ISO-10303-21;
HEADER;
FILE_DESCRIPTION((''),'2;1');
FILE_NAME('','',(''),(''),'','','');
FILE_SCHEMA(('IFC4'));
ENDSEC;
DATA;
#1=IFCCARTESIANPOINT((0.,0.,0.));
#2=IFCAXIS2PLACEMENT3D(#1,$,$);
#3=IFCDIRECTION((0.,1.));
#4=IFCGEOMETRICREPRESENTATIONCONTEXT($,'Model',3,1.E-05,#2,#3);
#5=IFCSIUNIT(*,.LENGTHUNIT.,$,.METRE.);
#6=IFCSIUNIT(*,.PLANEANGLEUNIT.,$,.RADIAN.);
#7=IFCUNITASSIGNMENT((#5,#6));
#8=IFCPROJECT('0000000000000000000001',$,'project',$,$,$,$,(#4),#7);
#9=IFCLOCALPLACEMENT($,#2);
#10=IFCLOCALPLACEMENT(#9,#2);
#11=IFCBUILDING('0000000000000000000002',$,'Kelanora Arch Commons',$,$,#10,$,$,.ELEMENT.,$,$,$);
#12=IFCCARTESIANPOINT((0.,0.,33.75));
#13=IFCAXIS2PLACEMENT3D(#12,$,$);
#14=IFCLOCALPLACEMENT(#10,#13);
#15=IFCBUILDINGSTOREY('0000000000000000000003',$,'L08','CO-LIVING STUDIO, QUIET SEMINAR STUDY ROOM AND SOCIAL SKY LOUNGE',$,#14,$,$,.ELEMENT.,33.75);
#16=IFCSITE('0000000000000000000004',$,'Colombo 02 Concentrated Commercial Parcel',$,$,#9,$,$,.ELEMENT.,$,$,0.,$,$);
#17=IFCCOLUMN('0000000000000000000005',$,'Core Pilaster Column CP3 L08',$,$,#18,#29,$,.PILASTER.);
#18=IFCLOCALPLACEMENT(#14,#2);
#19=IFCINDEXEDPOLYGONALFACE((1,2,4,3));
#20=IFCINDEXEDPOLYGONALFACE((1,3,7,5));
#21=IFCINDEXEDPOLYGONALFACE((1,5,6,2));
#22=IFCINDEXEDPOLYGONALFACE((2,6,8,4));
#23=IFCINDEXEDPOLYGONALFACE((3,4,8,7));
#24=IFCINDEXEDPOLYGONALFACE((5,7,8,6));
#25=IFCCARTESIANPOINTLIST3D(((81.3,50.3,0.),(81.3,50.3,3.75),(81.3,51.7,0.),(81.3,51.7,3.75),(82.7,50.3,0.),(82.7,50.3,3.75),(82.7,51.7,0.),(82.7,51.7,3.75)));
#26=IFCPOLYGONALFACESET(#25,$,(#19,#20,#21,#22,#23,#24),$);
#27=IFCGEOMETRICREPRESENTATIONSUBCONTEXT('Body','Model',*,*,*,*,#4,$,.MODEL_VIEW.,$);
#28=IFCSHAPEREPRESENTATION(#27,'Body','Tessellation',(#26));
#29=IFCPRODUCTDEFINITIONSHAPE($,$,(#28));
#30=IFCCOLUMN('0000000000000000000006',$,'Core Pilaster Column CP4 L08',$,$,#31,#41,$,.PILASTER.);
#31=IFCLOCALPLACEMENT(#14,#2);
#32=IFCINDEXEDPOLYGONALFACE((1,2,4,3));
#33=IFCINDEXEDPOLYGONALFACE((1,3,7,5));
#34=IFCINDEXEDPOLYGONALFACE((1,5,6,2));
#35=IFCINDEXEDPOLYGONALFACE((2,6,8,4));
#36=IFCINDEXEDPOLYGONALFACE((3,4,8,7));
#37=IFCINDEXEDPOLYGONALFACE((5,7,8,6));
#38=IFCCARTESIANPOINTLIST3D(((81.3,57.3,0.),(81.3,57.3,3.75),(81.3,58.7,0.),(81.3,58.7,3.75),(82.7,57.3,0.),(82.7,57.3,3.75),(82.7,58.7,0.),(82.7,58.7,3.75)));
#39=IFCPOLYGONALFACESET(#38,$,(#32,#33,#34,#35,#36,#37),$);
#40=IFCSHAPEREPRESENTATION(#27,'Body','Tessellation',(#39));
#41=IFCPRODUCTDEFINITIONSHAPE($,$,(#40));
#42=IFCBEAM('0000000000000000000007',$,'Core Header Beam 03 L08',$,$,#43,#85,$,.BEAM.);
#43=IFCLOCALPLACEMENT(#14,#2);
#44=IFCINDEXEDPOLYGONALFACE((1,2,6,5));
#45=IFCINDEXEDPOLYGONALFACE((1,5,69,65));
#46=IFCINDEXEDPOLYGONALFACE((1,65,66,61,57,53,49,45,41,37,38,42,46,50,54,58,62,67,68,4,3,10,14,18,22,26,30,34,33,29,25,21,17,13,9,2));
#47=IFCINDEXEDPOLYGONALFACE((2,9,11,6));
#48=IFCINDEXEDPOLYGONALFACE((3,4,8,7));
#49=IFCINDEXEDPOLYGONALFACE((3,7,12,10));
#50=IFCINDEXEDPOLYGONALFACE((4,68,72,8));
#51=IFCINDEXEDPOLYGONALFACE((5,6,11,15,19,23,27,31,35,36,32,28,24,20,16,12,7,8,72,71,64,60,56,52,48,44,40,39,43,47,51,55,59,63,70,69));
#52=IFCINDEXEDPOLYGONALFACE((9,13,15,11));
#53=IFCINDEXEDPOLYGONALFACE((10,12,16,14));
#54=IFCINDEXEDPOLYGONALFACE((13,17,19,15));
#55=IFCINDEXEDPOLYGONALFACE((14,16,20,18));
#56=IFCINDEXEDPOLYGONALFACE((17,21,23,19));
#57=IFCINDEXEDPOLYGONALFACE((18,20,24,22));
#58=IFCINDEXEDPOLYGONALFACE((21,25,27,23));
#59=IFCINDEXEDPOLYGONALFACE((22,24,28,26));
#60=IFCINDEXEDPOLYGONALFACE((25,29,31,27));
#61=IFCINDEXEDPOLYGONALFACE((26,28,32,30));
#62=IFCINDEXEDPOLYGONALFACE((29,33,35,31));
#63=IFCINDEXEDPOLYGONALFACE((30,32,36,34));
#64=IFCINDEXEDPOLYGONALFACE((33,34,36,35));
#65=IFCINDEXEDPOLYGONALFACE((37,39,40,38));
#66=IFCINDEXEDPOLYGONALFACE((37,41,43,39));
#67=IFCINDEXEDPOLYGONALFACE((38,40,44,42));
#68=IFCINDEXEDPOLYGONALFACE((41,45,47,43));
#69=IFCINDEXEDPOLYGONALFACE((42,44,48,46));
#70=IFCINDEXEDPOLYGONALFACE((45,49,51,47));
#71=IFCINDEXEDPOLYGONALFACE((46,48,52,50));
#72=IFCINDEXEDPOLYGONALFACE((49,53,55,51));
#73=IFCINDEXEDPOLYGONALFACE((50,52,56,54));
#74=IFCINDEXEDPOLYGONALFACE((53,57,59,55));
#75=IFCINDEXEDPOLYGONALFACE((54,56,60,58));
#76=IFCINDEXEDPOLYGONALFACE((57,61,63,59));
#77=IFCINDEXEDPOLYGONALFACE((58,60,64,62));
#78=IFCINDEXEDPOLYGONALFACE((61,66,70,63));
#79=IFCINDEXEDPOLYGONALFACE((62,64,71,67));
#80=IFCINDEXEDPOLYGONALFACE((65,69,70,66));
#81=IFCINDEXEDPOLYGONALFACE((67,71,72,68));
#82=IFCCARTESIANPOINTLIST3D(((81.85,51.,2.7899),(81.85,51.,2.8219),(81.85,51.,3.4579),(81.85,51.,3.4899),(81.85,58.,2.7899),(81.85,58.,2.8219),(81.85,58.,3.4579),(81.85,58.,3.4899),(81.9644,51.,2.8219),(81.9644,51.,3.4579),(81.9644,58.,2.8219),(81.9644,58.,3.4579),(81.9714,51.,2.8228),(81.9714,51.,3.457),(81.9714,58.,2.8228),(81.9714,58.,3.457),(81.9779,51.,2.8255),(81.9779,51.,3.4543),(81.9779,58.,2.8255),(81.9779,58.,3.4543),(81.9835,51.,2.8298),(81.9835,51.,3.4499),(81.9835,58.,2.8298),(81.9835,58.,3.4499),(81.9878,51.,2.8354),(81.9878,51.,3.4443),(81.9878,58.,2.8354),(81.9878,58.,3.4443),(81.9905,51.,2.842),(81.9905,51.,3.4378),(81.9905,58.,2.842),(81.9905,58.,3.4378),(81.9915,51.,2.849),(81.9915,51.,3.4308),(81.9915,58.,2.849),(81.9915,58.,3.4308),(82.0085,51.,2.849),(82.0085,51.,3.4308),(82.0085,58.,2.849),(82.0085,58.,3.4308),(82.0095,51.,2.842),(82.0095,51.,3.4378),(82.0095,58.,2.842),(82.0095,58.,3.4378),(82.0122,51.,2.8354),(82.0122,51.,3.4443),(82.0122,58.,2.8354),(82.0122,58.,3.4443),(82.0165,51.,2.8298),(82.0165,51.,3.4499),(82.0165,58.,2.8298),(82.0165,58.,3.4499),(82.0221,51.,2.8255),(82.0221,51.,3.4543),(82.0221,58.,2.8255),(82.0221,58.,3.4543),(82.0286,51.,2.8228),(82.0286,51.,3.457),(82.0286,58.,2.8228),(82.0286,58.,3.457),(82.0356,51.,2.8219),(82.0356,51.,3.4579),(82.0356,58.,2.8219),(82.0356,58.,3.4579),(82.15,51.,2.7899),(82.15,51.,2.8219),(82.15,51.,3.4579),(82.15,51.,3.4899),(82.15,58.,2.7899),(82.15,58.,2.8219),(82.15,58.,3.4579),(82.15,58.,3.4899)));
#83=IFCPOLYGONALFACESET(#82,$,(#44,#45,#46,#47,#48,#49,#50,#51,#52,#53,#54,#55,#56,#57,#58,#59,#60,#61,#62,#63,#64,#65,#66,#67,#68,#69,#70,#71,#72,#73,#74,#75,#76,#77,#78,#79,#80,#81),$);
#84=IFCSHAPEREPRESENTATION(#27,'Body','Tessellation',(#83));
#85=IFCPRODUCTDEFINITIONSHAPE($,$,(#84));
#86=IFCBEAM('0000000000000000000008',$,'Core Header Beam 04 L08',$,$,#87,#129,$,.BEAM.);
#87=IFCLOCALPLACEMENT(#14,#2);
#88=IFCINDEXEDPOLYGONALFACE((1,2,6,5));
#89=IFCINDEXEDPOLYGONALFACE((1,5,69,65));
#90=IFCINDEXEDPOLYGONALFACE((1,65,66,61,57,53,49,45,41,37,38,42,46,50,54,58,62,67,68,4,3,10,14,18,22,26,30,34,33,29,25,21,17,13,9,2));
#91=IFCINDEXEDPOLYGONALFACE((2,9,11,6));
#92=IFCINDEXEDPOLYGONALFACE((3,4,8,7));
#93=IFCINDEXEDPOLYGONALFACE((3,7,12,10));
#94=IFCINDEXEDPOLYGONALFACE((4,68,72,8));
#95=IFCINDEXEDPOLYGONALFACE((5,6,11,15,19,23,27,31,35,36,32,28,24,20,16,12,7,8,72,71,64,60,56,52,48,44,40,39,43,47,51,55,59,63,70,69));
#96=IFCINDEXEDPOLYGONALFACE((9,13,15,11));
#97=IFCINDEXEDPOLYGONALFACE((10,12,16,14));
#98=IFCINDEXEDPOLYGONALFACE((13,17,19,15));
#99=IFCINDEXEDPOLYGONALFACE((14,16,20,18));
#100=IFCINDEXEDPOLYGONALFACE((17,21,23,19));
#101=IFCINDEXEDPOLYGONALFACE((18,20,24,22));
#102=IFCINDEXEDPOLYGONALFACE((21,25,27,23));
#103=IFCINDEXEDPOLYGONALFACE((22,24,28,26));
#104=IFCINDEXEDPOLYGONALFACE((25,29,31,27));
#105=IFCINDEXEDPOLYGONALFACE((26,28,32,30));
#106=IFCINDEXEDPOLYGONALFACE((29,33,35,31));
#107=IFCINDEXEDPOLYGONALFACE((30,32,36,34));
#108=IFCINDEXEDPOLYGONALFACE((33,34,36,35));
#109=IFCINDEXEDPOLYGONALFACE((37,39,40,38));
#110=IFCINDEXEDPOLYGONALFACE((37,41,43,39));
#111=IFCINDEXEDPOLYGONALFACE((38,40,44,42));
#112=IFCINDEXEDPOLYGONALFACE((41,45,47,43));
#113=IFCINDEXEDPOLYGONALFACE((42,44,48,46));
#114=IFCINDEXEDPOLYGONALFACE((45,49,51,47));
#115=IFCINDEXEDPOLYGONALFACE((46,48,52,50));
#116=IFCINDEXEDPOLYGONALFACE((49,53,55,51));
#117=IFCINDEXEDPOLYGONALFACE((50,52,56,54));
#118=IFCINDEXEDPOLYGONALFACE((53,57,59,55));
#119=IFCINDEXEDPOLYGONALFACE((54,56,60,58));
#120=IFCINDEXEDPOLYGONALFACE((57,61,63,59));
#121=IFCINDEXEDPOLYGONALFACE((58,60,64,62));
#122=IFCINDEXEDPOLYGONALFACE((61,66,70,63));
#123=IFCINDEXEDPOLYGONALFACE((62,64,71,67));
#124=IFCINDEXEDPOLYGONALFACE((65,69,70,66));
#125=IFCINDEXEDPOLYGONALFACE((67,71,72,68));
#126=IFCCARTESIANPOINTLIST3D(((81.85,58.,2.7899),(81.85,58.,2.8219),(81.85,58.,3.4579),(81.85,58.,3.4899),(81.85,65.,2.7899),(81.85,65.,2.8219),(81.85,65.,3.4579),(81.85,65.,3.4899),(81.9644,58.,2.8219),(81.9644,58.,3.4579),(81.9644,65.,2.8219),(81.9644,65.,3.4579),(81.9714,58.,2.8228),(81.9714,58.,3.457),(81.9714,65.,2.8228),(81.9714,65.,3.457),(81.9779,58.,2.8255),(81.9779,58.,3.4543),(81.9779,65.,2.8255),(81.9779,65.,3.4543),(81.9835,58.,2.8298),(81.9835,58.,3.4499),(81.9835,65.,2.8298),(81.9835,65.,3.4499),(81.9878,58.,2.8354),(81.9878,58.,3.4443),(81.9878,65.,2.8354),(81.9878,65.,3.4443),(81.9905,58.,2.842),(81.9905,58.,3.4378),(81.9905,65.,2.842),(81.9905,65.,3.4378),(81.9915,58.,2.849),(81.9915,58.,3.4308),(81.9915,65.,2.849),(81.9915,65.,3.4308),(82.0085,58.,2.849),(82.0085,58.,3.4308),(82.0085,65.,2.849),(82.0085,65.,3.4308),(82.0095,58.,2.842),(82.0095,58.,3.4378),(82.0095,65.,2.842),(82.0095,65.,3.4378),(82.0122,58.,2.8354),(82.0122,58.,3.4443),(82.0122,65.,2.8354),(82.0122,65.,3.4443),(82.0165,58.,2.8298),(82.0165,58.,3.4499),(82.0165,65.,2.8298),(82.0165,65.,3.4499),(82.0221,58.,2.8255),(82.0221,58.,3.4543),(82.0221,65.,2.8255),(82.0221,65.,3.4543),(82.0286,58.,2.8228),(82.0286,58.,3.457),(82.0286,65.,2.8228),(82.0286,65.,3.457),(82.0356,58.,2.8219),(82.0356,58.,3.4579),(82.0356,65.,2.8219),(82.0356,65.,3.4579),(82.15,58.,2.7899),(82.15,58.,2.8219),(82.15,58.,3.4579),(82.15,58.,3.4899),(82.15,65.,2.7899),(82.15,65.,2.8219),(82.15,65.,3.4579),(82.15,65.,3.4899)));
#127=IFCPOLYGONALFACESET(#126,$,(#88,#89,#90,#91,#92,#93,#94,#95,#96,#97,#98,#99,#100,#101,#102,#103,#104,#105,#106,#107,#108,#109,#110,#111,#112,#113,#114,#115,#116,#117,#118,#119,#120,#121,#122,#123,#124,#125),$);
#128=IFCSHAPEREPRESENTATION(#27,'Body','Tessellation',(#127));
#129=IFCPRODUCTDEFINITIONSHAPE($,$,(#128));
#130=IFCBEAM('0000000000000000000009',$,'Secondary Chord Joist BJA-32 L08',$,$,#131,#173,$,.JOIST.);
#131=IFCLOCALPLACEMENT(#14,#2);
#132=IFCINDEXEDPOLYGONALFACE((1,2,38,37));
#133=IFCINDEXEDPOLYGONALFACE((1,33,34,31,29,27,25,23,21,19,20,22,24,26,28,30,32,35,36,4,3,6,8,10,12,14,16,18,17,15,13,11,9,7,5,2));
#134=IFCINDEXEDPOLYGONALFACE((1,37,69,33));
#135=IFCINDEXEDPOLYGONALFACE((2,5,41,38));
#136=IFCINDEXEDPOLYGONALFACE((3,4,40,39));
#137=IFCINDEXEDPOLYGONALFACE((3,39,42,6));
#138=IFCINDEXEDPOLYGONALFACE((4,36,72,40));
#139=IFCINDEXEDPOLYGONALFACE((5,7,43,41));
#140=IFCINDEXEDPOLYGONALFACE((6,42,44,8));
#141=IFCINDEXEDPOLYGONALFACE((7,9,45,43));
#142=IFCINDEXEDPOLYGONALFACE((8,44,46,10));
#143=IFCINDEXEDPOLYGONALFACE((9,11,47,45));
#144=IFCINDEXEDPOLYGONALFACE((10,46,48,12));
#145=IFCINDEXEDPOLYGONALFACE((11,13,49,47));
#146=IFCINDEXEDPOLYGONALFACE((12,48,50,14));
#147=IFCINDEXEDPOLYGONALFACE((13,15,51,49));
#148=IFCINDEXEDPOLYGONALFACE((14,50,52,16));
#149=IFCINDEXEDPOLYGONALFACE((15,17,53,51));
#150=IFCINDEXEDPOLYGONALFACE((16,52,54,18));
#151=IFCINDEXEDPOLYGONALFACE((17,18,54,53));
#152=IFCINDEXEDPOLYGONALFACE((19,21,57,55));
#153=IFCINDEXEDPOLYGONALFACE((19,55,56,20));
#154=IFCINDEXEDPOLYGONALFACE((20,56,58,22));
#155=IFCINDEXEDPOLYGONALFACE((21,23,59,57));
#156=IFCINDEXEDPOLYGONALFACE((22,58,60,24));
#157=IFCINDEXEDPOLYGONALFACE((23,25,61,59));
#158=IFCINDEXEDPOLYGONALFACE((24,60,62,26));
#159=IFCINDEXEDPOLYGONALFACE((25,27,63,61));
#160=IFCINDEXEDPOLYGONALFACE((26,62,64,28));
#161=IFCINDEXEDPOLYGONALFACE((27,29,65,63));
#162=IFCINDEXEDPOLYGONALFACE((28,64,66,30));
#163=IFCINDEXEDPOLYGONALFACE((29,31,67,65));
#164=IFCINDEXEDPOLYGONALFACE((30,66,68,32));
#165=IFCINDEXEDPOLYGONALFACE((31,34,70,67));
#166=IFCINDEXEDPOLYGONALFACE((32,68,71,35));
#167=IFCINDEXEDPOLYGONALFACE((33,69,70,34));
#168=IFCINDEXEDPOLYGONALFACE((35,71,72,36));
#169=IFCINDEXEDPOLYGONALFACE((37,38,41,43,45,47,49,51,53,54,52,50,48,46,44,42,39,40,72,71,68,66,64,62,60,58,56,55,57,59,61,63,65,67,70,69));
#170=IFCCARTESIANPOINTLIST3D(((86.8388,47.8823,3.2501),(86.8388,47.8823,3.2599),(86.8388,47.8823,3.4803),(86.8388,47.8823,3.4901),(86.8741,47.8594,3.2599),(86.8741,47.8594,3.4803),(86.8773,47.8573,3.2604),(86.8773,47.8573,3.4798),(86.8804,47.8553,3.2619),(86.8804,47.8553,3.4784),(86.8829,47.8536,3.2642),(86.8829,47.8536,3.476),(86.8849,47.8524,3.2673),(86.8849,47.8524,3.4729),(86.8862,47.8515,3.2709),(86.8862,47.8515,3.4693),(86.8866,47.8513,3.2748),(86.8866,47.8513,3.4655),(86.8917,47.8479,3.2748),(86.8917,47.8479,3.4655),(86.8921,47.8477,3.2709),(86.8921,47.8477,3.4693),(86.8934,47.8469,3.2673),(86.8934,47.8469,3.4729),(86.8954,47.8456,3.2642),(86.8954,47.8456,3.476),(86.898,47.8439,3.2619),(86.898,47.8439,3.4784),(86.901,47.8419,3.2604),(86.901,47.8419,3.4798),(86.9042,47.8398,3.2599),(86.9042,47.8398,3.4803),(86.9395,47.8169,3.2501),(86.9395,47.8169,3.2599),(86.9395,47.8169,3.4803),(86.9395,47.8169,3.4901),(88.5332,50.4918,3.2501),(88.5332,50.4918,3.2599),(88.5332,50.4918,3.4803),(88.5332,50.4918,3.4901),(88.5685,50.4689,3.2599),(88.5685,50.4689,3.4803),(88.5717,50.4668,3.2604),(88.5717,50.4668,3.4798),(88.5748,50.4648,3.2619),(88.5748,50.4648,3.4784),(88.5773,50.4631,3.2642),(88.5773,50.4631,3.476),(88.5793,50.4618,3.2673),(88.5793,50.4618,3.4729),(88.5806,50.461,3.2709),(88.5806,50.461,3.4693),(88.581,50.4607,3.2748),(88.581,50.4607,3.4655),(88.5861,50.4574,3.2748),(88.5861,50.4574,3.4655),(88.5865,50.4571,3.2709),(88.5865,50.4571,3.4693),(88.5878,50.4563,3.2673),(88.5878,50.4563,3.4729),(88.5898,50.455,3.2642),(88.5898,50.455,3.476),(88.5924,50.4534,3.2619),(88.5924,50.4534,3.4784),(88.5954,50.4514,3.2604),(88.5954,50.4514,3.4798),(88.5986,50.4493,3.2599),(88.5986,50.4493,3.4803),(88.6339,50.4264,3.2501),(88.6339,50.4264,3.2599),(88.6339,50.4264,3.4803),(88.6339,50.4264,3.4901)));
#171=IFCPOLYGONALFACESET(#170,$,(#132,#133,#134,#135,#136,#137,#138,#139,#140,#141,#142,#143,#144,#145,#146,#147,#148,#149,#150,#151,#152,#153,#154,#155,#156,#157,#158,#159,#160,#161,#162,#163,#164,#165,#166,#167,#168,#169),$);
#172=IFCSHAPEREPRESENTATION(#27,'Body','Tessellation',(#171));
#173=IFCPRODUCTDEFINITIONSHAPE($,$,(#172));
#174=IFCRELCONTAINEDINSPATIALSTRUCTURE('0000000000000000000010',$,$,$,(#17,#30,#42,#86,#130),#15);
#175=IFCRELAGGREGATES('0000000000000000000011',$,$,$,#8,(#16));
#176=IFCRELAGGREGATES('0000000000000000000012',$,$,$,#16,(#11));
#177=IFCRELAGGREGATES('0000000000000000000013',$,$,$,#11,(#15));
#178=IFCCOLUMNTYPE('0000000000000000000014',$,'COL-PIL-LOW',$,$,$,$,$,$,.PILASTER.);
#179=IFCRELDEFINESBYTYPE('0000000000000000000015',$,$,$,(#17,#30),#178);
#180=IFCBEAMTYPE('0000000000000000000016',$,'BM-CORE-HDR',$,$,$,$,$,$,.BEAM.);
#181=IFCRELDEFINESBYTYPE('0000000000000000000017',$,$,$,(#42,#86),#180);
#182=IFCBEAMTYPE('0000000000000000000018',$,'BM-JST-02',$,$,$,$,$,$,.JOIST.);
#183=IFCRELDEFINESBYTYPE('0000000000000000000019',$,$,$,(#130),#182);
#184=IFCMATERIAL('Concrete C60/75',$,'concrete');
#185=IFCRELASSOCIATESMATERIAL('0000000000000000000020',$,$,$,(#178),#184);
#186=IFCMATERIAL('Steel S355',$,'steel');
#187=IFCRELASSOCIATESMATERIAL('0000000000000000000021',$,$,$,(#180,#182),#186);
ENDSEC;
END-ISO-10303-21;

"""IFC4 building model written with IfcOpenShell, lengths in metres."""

from ifc_helpers import new_model, si_unit, direction, frame, origin, origin_2d, place, context, subcontext, project, spatial, rectangle, i_section, extrude, material, material_profile, profile_set, type_object, element, save


model = new_model("IFC4")

# Units and contexts
model_context = context("Model", 3, precision=1e-05, world=origin(), true_north=direction((0.0, 1.0)))
body_context = subcontext(model_context, "Body", "Model", "MODEL_VIEW")
ifc_project = project(units=[si_unit("LENGTHUNIT", "METRE"), si_unit("PLANEANGLEUNIT", "RADIAN")], contexts=[model_context])

# Site, building, storey
site_placement = place(None, origin())
site = spatial("IfcSite", under=ifc_project, at=site_placement, Name="Colombo 02 Concentrated Commercial Parcel", CompositionType="ELEMENT", RefElevation=0.0)
building_placement = place(site_placement, origin())
building = spatial("IfcBuilding", under=site, at=building_placement, Name="Kelanora Arch Commons", CompositionType="ELEMENT")
storey_placement = place(building_placement, frame((0.0, 0.0, 33.75)))
storey = spatial("IfcBuildingStorey", under=building, at=storey_placement, Name="L08", Description="CO-LIVING STUDIO, QUIET SEMINAR STUDY ROOM AND SOCIAL SKY LOUNGE", CompositionType="ELEMENT", Elevation=33.75)

# Columns
ifc_material_1 = material(Name="Concrete C60/75", Category="concrete")
ifc_material_profile_1 = material_profile(ifc_material_1, rectangle(XDim=1.3999, YDim=1.3999, at=origin_2d()), Name="RC1400x1400")
ifc_profile_set_1 = profile_set([ifc_material_profile_1], Name="Concrete C60/75")
column_type = type_object("IfcColumnType", Name="COL-PIL-LOW", PredefinedType="PILASTER", material=ifc_profile_set_1)
for number, where, z_axis, x_axis, name in (
    (1, (82.0, 51.0, 0.0), (0.0, 0.0, 1.0), (1.0, 0.0, 0.0), "Core Pilaster Column CP3 L08"),
    (2, (82.0, 58.0, 0.0), (0.0, 0.0, 1.0), (1.0, 0.0, 0.0), "Core Pilaster Column CP4 L08"),
):
    element("IfcColumn", number, at=place(storey_placement, frame(where, z_axis=z_axis, x_axis=x_axis)), inside=storey, type_object=column_type, Name=name, PredefinedType="PILASTER", context=body_context, shape_type="SweptSolid", body=[
        extrude(rectangle(XDim=1.3999, YDim=1.3999, at=origin_2d()), origin(), (0.0, 0.0, 1.0), 3.75),
    ])

# Beams
ifc_material_2 = material(Name="Steel S355", Category="steel")
ifc_material_profile_2 = material_profile(ifc_material_2, i_section(OverallWidth=0.3, OverallDepth=0.7, WebThickness=0.0171, FlangeThickness=0.032, FilletRadius=0.0271, at=origin_2d()), Name="HEB700")
ifc_profile_set_2 = profile_set([ifc_material_profile_2], Name="Steel S355")
beam_type_1 = type_object("IfcBeamType", Name="BM-CORE-HDR", PredefinedType="BEAM", material=ifc_profile_set_2)
for number, where, z_axis, x_axis, name in (
    (3, (82.0, 51.0, 3.1399), (0.0, 1.0, 0.0), (-1.0, 0.0, 0.0), "Core Header Beam 03 L08"),
    (4, (82.0, 58.0, 3.1399), (0.0, 1.0, 0.0), (-1.0, 0.0, 0.0), "Core Header Beam 04 L08"),
):
    element("IfcBeam", number, at=place(storey_placement, frame(where, z_axis=z_axis, x_axis=x_axis)), inside=storey, type_object=beam_type_1, Name=name, PredefinedType="BEAM", context=body_context, shape_type="SweptSolid", body=[
        extrude(i_section(OverallWidth=0.3, OverallDepth=0.7, WebThickness=0.0171, FlangeThickness=0.032, FilletRadius=0.0271, at=origin_2d()), origin(), (0.0, 0.0, 1.0), 7.0),
    ])
ifc_material_profile_3 = material_profile(ifc_material_2, i_section(OverallWidth=0.1201, OverallDepth=0.24, WebThickness=0.0061, FlangeThickness=0.0098, FilletRadius=0.0149, at=origin_2d()), Name="IPE240")
ifc_profile_set_3 = profile_set([ifc_material_profile_3], Name="Steel S355")
beam_type_2 = type_object("IfcBeamType", Name="BM-JST-02", PredefinedType="JOIST", material=ifc_profile_set_3)
beam_1_placement = place(storey_placement, frame((86.8892, 47.8496, 3.3701), z_axis=(0.544591, 0.838702, 0.0), x_axis=(-0.838702, 0.544591, 0.0)))
element("IfcBeam", 5, at=beam_1_placement, inside=storey, type_object=beam_type_2, Name="Secondary Chord Joist BJA-32 L08", PredefinedType="JOIST", context=body_context, shape_type="SweptSolid", body=[
    extrude(i_section(OverallWidth=0.1201, OverallDepth=0.24, WebThickness=0.0061, FlangeThickness=0.0098, FilletRadius=0.0149, at=origin_2d()), origin(), (0.0, 0.0, 1.0), 3.1113),
])

save(model, "model.ifc")
